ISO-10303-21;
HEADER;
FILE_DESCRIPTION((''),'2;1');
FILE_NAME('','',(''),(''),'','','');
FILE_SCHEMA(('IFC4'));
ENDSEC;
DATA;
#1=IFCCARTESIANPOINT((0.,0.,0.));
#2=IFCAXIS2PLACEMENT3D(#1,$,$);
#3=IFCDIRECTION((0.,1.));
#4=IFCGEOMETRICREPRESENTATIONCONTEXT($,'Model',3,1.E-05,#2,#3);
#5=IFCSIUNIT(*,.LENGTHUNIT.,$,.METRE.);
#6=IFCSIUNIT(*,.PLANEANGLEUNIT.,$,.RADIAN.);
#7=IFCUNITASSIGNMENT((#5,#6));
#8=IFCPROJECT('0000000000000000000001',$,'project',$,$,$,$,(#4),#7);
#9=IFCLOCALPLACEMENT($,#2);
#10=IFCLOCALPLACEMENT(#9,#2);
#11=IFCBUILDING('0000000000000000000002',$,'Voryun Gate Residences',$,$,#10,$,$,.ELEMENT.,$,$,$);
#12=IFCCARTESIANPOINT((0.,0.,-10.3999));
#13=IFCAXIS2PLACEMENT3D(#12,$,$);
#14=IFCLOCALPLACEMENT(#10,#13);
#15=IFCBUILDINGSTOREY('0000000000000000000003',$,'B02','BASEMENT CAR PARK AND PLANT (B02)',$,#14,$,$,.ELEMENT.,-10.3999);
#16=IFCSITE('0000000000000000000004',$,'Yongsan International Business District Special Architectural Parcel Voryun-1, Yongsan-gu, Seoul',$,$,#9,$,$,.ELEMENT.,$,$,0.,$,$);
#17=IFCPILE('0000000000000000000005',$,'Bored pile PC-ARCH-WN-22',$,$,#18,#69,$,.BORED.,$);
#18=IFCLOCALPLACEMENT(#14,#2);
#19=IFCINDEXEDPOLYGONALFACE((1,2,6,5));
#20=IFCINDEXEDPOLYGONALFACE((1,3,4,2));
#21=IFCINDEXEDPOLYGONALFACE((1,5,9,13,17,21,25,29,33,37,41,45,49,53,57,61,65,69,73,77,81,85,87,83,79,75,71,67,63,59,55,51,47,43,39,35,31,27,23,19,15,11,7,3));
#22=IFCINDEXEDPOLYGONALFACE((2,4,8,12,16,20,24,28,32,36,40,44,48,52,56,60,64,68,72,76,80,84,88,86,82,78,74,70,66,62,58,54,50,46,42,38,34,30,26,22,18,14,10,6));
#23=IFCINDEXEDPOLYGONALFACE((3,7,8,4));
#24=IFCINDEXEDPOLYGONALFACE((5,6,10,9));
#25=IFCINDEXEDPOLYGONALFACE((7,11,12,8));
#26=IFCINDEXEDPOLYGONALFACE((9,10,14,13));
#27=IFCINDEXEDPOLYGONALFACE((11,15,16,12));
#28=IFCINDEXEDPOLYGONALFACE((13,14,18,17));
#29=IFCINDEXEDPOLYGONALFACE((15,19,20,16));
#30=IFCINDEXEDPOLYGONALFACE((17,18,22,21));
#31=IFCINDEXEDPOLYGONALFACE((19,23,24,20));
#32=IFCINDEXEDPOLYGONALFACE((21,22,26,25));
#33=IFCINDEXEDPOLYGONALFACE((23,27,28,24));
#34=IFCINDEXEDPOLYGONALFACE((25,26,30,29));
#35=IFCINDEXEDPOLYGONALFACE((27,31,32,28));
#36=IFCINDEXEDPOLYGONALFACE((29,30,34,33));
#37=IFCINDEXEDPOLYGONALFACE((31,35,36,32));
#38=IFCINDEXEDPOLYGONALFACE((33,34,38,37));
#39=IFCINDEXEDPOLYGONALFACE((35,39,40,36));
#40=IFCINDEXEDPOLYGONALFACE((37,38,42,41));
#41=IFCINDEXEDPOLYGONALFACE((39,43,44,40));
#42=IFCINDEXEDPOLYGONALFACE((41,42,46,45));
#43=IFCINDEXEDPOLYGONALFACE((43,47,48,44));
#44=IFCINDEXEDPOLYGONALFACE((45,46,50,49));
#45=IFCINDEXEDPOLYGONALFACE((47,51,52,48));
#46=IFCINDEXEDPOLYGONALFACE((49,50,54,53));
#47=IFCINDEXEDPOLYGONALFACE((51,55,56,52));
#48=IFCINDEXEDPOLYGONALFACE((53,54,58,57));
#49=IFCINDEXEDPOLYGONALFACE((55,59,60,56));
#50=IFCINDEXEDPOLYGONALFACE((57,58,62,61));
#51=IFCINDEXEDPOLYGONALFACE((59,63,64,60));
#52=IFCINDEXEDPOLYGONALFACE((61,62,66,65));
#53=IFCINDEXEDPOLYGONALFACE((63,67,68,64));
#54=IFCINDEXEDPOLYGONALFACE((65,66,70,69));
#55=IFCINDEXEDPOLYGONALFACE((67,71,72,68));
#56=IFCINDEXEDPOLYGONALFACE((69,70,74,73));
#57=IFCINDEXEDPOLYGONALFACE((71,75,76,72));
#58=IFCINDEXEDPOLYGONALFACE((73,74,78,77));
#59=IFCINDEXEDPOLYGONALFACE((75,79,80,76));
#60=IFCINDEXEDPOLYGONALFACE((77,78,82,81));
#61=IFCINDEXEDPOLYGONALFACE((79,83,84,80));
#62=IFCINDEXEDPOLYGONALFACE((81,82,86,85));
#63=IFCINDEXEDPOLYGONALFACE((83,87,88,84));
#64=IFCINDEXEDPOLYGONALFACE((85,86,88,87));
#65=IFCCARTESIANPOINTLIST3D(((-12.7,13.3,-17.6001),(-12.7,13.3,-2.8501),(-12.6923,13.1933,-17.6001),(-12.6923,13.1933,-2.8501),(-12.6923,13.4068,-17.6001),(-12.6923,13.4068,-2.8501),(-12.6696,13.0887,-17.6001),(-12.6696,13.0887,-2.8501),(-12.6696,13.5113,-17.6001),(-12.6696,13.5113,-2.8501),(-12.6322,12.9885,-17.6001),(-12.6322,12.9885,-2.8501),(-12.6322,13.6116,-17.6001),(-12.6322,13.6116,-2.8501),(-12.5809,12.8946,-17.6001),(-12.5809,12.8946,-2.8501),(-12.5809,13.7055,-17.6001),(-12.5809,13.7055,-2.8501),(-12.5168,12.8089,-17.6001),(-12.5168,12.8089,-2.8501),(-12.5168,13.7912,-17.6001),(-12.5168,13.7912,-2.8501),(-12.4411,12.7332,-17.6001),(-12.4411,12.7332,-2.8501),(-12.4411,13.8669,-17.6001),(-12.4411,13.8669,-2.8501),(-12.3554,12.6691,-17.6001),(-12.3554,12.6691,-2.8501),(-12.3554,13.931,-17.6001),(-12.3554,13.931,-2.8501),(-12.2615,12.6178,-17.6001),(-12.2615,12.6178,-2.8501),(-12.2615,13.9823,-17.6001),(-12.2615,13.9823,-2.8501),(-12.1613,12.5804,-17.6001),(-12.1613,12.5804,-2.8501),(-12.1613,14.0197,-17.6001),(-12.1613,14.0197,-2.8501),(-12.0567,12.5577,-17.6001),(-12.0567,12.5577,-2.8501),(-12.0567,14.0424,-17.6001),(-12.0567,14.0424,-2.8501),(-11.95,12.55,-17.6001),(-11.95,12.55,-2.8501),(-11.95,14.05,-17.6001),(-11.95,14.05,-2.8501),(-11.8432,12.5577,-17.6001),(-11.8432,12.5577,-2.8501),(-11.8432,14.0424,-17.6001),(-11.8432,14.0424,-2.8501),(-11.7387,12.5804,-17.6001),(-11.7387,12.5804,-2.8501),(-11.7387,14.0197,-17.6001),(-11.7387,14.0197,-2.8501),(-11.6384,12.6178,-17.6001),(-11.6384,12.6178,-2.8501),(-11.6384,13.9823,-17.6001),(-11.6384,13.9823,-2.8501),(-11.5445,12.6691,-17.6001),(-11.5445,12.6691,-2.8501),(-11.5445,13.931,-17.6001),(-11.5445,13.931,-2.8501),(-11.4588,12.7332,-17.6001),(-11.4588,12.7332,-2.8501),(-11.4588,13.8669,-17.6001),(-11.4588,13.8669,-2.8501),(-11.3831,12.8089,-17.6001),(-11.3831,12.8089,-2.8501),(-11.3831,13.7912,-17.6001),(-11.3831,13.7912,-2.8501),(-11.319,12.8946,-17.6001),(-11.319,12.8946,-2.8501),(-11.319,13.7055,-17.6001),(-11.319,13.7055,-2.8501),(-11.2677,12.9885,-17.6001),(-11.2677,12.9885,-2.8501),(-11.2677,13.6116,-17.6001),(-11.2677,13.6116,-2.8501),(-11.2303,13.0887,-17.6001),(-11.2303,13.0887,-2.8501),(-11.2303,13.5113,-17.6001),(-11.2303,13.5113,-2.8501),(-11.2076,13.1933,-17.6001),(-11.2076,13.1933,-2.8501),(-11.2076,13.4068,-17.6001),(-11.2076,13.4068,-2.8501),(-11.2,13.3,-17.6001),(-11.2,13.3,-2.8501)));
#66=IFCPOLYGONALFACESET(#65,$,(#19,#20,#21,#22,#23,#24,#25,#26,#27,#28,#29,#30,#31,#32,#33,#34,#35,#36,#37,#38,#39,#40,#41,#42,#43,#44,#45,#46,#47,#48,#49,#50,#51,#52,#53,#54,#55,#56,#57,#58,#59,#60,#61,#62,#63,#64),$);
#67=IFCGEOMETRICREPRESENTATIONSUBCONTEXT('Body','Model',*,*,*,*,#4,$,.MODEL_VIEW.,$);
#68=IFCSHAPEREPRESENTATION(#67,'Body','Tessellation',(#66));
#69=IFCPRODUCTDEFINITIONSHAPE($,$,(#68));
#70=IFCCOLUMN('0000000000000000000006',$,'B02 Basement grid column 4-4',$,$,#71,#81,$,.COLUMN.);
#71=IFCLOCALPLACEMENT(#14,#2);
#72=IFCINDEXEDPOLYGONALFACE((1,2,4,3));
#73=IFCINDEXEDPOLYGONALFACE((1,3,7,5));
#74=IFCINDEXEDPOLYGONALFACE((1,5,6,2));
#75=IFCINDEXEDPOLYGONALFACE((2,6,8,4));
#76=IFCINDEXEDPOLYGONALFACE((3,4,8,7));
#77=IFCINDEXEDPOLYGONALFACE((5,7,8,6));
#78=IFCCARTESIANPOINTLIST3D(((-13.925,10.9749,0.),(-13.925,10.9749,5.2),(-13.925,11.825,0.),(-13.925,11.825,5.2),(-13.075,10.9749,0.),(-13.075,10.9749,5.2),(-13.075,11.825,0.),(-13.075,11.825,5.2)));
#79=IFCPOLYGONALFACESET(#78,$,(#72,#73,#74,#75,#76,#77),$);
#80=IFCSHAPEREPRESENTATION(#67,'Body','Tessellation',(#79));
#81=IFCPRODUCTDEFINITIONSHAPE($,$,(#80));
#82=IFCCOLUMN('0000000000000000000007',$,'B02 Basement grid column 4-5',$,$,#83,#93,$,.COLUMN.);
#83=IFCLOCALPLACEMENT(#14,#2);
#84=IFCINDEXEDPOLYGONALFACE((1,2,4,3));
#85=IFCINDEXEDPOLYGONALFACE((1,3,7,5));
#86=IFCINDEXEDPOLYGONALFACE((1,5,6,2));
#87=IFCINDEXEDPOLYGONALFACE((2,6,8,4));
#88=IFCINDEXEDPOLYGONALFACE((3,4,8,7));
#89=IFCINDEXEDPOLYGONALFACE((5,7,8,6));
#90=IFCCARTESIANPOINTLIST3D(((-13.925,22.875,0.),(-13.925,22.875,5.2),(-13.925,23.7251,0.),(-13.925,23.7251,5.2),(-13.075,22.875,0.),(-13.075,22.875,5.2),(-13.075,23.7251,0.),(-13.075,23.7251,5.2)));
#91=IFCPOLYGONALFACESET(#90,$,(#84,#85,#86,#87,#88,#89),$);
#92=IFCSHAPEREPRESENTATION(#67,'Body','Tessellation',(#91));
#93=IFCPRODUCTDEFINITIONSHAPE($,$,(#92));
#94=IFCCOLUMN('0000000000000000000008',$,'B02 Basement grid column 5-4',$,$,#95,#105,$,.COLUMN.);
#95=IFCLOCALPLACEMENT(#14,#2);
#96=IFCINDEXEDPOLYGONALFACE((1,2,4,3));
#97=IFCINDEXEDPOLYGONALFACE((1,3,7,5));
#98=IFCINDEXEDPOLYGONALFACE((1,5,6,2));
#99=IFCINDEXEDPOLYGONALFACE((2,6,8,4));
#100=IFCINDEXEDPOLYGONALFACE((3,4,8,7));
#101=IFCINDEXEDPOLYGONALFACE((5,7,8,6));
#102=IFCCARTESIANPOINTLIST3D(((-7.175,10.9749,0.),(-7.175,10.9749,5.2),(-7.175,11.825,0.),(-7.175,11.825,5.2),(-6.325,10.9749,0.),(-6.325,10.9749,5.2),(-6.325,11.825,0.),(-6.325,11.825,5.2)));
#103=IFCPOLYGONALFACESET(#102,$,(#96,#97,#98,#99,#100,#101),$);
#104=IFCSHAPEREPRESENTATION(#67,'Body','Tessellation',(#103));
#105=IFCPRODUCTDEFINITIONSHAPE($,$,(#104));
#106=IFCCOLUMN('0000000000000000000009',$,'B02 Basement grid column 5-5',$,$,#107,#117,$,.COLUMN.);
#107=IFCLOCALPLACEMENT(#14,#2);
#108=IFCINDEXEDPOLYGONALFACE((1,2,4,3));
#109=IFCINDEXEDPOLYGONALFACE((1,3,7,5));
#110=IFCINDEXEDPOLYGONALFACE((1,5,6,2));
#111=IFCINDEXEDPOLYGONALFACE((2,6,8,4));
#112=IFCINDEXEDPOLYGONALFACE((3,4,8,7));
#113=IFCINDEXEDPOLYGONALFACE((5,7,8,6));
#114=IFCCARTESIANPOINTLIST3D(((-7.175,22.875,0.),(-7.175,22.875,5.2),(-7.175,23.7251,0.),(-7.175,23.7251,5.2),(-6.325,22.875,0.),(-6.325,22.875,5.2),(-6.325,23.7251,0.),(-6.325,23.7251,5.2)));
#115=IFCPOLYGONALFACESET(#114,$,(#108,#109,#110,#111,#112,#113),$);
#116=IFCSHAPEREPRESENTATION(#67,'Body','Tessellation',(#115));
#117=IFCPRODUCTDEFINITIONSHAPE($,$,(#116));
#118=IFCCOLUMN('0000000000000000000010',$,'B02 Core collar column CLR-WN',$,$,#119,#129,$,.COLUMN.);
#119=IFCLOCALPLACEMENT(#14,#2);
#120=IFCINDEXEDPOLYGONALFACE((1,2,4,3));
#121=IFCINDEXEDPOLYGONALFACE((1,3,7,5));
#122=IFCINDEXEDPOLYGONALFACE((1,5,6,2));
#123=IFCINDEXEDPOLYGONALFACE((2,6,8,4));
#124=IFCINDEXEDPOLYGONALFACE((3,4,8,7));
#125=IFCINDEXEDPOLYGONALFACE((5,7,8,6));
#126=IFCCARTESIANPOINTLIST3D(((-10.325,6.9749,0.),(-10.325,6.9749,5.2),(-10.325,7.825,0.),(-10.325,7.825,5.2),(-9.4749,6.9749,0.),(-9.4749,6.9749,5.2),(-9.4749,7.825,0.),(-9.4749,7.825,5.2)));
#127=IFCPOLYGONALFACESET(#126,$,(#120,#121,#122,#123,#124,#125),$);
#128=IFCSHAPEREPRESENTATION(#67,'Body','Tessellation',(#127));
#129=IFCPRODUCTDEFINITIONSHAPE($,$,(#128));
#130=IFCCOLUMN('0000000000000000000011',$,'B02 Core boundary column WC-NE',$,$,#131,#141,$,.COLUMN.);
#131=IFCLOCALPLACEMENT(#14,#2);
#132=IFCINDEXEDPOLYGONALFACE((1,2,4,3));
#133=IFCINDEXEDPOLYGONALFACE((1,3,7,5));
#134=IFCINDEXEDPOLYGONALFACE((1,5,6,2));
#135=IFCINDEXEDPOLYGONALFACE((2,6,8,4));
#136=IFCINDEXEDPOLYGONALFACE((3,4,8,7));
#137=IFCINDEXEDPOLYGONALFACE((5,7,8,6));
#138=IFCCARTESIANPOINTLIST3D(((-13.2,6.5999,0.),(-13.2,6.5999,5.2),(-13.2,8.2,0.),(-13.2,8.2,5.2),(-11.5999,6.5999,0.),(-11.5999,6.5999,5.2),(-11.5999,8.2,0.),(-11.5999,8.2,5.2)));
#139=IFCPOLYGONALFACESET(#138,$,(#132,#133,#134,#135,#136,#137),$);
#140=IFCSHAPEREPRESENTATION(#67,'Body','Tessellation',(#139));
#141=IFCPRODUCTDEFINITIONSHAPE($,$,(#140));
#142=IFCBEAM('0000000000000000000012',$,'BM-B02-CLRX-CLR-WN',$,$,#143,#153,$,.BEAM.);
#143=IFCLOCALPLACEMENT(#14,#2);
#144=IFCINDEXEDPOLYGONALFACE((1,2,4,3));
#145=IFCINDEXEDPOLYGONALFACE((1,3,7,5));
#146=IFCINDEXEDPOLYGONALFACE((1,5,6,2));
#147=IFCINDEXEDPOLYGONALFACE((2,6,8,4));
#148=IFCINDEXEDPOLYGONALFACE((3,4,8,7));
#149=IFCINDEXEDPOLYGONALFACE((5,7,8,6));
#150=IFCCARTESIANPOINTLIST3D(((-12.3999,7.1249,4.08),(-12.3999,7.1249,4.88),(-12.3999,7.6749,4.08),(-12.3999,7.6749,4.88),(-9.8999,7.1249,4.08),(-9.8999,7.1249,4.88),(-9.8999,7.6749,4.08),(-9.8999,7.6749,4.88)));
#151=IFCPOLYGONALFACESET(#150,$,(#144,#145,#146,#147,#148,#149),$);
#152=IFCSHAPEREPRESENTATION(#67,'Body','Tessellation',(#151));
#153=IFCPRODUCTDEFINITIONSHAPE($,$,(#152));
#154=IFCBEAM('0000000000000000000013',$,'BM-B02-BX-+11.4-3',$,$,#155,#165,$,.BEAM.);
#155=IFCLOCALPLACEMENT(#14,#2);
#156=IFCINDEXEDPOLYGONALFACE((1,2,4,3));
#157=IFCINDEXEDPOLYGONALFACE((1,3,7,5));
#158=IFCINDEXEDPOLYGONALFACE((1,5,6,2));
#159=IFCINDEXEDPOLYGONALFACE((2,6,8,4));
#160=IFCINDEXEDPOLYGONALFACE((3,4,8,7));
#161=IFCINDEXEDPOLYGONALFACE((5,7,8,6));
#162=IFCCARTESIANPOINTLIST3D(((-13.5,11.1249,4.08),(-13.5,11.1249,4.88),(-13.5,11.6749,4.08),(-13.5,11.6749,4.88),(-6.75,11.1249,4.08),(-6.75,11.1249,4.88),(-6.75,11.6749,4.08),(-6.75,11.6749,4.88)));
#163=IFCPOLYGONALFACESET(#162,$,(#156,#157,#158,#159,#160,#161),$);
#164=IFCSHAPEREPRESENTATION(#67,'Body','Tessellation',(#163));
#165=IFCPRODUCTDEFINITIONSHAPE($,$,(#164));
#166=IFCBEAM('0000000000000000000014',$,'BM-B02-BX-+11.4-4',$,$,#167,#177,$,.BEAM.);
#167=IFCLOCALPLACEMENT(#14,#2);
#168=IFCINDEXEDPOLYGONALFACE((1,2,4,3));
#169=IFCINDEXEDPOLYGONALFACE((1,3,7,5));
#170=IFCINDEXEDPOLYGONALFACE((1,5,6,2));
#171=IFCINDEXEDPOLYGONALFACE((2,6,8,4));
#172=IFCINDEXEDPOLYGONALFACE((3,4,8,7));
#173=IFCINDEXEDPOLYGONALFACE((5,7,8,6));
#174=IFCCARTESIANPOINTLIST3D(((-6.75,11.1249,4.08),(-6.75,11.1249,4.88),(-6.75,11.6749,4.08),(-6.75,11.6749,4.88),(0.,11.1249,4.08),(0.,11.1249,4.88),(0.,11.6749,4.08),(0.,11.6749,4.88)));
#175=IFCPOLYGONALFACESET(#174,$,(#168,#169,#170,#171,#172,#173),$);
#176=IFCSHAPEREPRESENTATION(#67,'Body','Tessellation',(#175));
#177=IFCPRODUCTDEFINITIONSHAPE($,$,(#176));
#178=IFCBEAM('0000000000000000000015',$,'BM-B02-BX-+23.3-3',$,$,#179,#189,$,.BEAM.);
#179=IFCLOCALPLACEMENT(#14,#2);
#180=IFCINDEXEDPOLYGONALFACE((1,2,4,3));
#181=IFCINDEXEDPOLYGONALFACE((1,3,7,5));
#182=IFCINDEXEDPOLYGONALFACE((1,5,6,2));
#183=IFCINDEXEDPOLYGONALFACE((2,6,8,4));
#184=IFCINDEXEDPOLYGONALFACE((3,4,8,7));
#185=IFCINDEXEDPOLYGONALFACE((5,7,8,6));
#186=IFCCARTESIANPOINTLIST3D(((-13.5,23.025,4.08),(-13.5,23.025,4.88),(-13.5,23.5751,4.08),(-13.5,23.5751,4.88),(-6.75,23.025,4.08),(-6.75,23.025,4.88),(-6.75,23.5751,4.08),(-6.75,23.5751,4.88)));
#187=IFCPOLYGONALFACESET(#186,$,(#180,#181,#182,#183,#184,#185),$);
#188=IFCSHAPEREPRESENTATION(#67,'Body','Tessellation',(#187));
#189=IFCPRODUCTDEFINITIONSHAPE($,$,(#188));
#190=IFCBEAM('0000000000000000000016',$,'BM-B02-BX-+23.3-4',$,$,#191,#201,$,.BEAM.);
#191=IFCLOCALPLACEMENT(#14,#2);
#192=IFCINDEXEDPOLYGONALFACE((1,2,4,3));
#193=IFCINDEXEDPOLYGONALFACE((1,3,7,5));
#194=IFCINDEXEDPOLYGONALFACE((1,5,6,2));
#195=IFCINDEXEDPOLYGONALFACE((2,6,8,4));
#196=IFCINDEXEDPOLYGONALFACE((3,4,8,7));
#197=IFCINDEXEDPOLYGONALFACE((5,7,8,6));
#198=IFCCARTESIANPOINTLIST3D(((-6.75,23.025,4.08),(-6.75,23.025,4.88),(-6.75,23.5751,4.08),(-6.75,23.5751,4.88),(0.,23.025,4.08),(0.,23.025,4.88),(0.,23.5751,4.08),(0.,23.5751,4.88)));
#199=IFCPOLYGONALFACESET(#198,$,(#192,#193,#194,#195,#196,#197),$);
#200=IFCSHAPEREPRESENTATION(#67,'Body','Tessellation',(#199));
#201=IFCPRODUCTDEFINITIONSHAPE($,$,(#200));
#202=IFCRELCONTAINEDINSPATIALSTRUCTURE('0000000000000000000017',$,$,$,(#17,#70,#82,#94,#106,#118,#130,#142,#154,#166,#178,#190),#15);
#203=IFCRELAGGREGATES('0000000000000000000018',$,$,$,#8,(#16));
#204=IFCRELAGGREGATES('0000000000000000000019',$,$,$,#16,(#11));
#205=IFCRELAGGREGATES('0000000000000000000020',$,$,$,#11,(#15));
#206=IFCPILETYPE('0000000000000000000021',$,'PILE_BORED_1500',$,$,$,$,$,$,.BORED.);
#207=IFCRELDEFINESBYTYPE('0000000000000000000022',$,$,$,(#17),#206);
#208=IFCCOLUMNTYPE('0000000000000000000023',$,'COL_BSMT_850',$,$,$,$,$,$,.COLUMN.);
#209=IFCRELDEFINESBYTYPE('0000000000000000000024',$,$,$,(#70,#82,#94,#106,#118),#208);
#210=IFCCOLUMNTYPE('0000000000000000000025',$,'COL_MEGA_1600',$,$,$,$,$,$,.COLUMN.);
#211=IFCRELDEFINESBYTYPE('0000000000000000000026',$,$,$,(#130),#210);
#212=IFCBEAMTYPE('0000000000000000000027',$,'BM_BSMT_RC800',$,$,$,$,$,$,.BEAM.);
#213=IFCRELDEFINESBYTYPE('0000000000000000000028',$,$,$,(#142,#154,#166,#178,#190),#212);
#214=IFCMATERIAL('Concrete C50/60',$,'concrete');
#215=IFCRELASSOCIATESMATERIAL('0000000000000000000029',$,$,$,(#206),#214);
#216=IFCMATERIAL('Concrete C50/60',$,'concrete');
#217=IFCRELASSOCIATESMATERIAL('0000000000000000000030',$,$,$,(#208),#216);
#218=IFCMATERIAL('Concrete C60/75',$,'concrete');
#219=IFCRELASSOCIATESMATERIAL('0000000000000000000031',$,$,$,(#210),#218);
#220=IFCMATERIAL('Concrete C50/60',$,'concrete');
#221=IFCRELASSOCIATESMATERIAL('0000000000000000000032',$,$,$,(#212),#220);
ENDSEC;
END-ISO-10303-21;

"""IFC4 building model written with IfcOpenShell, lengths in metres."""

from ifc_helpers import new_model, si_unit, direction, frame, origin, origin_2d, place, context, subcontext, project, spatial, rectangle, circle, extrude, material, material_profile, profile_set, type_object, element, save


model = new_model("IFC4")

# Units and contexts
model_context = context("Model", 3, precision=1e-05, world=origin(), true_north=direction((0.0, 1.0)))
body_context = subcontext(model_context, "Body", "Model", "MODEL_VIEW")
ifc_project = project(units=[si_unit("LENGTHUNIT", "METRE"), si_unit("PLANEANGLEUNIT", "RADIAN")], contexts=[model_context])

# Site, building, storey
site_placement = place(None, origin())
site = spatial("IfcSite", under=ifc_project, at=site_placement, Name="Yongsan International Business District Special Architectural Parcel Voryun-1, Yongsan-gu, Seoul", CompositionType="ELEMENT", RefElevation=0.0)
building_placement = place(site_placement, origin())
building = spatial("IfcBuilding", under=site, at=building_placement, Name="Voryun Gate Residences", CompositionType="ELEMENT")
storey_placement = place(building_placement, frame((0.0, 0.0, -10.3999)))
storey = spatial("IfcBuildingStorey", under=building, at=storey_placement, Name="B02", Description="BASEMENT CAR PARK AND PLANT (B02)", CompositionType="ELEMENT", Elevation=-10.3999)

# Pile
ifc_material_1 = material(Name="Concrete C50/60", Category="concrete")
ifc_material_profile_1 = material_profile(ifc_material_1, circle(Radius=0.75, at=origin_2d()), Name="PILE-D1500")
ifc_profile_set_1 = profile_set([ifc_material_profile_1], Name="Concrete C50/60")
pile_type_1 = type_object("IfcPileType", Name="PILE_BORED_1500", PredefinedType="BORED", material=ifc_profile_set_1)
for number, where, z_axis, x_axis, name in (
    (1, (-11.95, 13.3, -2.8501), (0.0, 0.0, -1.0), (1.0, 0.0, 0.0), "Bored pile PC-ARCH-WN-22"),
):
    element("IfcPile", number, at=place(storey_placement, frame(where, z_axis=z_axis, x_axis=x_axis)), inside=storey, type_object=pile_type_1, Name=name, PredefinedType="BORED", context=body_context, shape_type="SweptSolid", body=[
        extrude(circle(Radius=0.75, at=origin_2d()), origin(), (0.0, 0.0, 1.0), 14.75),
    ])

# Columns
ifc_material_2 = material(Name="Concrete C50/60", Category="concrete")
ifc_material_profile_2 = material_profile(ifc_material_2, rectangle(XDim=0.8501, YDim=0.8501, at=origin_2d()), Name="RC-850x850")
ifc_profile_set_2 = profile_set([ifc_material_profile_2], Name="Concrete C50/60")
column_type_1 = type_object("IfcColumnType", Name="COL_BSMT_850", PredefinedType="COLUMN", material=ifc_profile_set_2)
for number, where, z_axis, x_axis, name in (
    (2, (-13.5, 11.3999, 0.0), (0.0, 0.0, 1.0), (1.0, 0.0, 0.0), "B02 Basement grid column 4-4"),
    (3, (-13.5, 23.3, 0.0), (0.0, 0.0, 1.0), (1.0, 0.0, 0.0), "B02 Basement grid column 4-5"),
    (4, (-6.75, 11.3999, 0.0), (0.0, 0.0, 1.0), (1.0, 0.0, 0.0), "B02 Basement grid column 5-4"),
    (5, (-6.75, 23.3, 0.0), (0.0, 0.0, 1.0), (1.0, 0.0, 0.0), "B02 Basement grid column 5-5"),
    (6, (-9.8999, 7.3999, 0.0), (0.0, 0.0, 1.0), (1.0, 0.0, 0.0), "B02 Core collar column CLR-WN"),
):
    element("IfcColumn", number, at=place(storey_placement, frame(where, z_axis=z_axis, x_axis=x_axis)), inside=storey, type_object=column_type_1, Name=name, PredefinedType="COLUMN", context=body_context, shape_type="SweptSolid", body=[
        extrude(rectangle(XDim=0.8501, YDim=0.8501, at=origin_2d()), origin(), (0.0, 0.0, 1.0), 5.2),
    ])
ifc_material_3 = material(Name="Concrete C60/75", Category="concrete")
ifc_material_profile_3 = material_profile(ifc_material_3, rectangle(XDim=1.6001, YDim=1.6001, at=origin_2d()), Name="RC-1600x1600")
ifc_profile_set_3 = profile_set([ifc_material_profile_3], Name="Concrete C60/75")
column_type_2 = type_object("IfcColumnType", Name="COL_MEGA_1600", PredefinedType="COLUMN", material=ifc_profile_set_3)
column_placement = place(storey_placement, frame((-12.3999, 7.3999, 0.0), z_axis=(0.0, 0.0, 1.0), x_axis=(1.0, 0.0, 0.0)))
element("IfcColumn", 7, at=column_placement, inside=storey, type_object=column_type_2, Name="B02 Core boundary column WC-NE", PredefinedType="COLUMN", context=body_context, shape_type="SweptSolid", body=[
    extrude(rectangle(XDim=1.6001, YDim=1.6001, at=origin_2d()), origin(), (0.0, 0.0, 1.0), 5.2),
])

# Beams
ifc_material_4 = material(Name="Concrete C50/60", Category="concrete")
ifc_material_profile_4 = material_profile(ifc_material_4, rectangle(XDim=0.55, YDim=0.8, at=origin_2d()), Name="RC-550x800")
ifc_profile_set_4 = profile_set([ifc_material_profile_4], Name="Concrete C50/60")
beam_type_1 = type_object("IfcBeamType", Name="BM_BSMT_RC800", PredefinedType="BEAM", material=ifc_profile_set_4)
beam_placement = place(storey_placement, frame((-12.3999, 7.3999, 4.48), z_axis=(1.0, 0.0, 0.0), x_axis=(0.0, 1.0, 0.0)))
element("IfcBeam", 8, at=beam_placement, inside=storey, type_object=beam_type_1, Name="BM-B02-CLRX-CLR-WN", PredefinedType="BEAM", context=body_context, shape_type="SweptSolid", body=[
    extrude(rectangle(XDim=0.55, YDim=0.8, at=origin_2d()), origin(), (0.0, 0.0, 1.0), 2.5),
])
for number, where, z_axis, x_axis, name in (
    (9, (-13.5, 11.3999, 4.48), (1.0, 0.0, 0.0), (0.0, 1.0, 0.0), "BM-B02-BX-+11.4-3"),
    (10, (-6.75, 11.3999, 4.48), (1.0, 0.0, 0.0), (0.0, 1.0, 0.0), "BM-B02-BX-+11.4-4"),
    (11, (-13.5, 23.3, 4.48), (1.0, 0.0, 0.0), (0.0, 1.0, 0.0), "BM-B02-BX-+23.3-3"),
    (12, (-6.75, 23.3, 4.48), (1.0, 0.0, 0.0), (0.0, 1.0, 0.0), "BM-B02-BX-+23.3-4"),
):
    element("IfcBeam", number, at=place(storey_placement, frame(where, z_axis=z_axis, x_axis=x_axis)), inside=storey, type_object=beam_type_1, Name=name, PredefinedType="BEAM", context=body_context, shape_type="SweptSolid", body=[
        extrude(rectangle(XDim=0.55, YDim=0.8, at=origin_2d()), origin(), (0.0, 0.0, 1.0), 6.75),
    ])

save(model, "model.ifc")
